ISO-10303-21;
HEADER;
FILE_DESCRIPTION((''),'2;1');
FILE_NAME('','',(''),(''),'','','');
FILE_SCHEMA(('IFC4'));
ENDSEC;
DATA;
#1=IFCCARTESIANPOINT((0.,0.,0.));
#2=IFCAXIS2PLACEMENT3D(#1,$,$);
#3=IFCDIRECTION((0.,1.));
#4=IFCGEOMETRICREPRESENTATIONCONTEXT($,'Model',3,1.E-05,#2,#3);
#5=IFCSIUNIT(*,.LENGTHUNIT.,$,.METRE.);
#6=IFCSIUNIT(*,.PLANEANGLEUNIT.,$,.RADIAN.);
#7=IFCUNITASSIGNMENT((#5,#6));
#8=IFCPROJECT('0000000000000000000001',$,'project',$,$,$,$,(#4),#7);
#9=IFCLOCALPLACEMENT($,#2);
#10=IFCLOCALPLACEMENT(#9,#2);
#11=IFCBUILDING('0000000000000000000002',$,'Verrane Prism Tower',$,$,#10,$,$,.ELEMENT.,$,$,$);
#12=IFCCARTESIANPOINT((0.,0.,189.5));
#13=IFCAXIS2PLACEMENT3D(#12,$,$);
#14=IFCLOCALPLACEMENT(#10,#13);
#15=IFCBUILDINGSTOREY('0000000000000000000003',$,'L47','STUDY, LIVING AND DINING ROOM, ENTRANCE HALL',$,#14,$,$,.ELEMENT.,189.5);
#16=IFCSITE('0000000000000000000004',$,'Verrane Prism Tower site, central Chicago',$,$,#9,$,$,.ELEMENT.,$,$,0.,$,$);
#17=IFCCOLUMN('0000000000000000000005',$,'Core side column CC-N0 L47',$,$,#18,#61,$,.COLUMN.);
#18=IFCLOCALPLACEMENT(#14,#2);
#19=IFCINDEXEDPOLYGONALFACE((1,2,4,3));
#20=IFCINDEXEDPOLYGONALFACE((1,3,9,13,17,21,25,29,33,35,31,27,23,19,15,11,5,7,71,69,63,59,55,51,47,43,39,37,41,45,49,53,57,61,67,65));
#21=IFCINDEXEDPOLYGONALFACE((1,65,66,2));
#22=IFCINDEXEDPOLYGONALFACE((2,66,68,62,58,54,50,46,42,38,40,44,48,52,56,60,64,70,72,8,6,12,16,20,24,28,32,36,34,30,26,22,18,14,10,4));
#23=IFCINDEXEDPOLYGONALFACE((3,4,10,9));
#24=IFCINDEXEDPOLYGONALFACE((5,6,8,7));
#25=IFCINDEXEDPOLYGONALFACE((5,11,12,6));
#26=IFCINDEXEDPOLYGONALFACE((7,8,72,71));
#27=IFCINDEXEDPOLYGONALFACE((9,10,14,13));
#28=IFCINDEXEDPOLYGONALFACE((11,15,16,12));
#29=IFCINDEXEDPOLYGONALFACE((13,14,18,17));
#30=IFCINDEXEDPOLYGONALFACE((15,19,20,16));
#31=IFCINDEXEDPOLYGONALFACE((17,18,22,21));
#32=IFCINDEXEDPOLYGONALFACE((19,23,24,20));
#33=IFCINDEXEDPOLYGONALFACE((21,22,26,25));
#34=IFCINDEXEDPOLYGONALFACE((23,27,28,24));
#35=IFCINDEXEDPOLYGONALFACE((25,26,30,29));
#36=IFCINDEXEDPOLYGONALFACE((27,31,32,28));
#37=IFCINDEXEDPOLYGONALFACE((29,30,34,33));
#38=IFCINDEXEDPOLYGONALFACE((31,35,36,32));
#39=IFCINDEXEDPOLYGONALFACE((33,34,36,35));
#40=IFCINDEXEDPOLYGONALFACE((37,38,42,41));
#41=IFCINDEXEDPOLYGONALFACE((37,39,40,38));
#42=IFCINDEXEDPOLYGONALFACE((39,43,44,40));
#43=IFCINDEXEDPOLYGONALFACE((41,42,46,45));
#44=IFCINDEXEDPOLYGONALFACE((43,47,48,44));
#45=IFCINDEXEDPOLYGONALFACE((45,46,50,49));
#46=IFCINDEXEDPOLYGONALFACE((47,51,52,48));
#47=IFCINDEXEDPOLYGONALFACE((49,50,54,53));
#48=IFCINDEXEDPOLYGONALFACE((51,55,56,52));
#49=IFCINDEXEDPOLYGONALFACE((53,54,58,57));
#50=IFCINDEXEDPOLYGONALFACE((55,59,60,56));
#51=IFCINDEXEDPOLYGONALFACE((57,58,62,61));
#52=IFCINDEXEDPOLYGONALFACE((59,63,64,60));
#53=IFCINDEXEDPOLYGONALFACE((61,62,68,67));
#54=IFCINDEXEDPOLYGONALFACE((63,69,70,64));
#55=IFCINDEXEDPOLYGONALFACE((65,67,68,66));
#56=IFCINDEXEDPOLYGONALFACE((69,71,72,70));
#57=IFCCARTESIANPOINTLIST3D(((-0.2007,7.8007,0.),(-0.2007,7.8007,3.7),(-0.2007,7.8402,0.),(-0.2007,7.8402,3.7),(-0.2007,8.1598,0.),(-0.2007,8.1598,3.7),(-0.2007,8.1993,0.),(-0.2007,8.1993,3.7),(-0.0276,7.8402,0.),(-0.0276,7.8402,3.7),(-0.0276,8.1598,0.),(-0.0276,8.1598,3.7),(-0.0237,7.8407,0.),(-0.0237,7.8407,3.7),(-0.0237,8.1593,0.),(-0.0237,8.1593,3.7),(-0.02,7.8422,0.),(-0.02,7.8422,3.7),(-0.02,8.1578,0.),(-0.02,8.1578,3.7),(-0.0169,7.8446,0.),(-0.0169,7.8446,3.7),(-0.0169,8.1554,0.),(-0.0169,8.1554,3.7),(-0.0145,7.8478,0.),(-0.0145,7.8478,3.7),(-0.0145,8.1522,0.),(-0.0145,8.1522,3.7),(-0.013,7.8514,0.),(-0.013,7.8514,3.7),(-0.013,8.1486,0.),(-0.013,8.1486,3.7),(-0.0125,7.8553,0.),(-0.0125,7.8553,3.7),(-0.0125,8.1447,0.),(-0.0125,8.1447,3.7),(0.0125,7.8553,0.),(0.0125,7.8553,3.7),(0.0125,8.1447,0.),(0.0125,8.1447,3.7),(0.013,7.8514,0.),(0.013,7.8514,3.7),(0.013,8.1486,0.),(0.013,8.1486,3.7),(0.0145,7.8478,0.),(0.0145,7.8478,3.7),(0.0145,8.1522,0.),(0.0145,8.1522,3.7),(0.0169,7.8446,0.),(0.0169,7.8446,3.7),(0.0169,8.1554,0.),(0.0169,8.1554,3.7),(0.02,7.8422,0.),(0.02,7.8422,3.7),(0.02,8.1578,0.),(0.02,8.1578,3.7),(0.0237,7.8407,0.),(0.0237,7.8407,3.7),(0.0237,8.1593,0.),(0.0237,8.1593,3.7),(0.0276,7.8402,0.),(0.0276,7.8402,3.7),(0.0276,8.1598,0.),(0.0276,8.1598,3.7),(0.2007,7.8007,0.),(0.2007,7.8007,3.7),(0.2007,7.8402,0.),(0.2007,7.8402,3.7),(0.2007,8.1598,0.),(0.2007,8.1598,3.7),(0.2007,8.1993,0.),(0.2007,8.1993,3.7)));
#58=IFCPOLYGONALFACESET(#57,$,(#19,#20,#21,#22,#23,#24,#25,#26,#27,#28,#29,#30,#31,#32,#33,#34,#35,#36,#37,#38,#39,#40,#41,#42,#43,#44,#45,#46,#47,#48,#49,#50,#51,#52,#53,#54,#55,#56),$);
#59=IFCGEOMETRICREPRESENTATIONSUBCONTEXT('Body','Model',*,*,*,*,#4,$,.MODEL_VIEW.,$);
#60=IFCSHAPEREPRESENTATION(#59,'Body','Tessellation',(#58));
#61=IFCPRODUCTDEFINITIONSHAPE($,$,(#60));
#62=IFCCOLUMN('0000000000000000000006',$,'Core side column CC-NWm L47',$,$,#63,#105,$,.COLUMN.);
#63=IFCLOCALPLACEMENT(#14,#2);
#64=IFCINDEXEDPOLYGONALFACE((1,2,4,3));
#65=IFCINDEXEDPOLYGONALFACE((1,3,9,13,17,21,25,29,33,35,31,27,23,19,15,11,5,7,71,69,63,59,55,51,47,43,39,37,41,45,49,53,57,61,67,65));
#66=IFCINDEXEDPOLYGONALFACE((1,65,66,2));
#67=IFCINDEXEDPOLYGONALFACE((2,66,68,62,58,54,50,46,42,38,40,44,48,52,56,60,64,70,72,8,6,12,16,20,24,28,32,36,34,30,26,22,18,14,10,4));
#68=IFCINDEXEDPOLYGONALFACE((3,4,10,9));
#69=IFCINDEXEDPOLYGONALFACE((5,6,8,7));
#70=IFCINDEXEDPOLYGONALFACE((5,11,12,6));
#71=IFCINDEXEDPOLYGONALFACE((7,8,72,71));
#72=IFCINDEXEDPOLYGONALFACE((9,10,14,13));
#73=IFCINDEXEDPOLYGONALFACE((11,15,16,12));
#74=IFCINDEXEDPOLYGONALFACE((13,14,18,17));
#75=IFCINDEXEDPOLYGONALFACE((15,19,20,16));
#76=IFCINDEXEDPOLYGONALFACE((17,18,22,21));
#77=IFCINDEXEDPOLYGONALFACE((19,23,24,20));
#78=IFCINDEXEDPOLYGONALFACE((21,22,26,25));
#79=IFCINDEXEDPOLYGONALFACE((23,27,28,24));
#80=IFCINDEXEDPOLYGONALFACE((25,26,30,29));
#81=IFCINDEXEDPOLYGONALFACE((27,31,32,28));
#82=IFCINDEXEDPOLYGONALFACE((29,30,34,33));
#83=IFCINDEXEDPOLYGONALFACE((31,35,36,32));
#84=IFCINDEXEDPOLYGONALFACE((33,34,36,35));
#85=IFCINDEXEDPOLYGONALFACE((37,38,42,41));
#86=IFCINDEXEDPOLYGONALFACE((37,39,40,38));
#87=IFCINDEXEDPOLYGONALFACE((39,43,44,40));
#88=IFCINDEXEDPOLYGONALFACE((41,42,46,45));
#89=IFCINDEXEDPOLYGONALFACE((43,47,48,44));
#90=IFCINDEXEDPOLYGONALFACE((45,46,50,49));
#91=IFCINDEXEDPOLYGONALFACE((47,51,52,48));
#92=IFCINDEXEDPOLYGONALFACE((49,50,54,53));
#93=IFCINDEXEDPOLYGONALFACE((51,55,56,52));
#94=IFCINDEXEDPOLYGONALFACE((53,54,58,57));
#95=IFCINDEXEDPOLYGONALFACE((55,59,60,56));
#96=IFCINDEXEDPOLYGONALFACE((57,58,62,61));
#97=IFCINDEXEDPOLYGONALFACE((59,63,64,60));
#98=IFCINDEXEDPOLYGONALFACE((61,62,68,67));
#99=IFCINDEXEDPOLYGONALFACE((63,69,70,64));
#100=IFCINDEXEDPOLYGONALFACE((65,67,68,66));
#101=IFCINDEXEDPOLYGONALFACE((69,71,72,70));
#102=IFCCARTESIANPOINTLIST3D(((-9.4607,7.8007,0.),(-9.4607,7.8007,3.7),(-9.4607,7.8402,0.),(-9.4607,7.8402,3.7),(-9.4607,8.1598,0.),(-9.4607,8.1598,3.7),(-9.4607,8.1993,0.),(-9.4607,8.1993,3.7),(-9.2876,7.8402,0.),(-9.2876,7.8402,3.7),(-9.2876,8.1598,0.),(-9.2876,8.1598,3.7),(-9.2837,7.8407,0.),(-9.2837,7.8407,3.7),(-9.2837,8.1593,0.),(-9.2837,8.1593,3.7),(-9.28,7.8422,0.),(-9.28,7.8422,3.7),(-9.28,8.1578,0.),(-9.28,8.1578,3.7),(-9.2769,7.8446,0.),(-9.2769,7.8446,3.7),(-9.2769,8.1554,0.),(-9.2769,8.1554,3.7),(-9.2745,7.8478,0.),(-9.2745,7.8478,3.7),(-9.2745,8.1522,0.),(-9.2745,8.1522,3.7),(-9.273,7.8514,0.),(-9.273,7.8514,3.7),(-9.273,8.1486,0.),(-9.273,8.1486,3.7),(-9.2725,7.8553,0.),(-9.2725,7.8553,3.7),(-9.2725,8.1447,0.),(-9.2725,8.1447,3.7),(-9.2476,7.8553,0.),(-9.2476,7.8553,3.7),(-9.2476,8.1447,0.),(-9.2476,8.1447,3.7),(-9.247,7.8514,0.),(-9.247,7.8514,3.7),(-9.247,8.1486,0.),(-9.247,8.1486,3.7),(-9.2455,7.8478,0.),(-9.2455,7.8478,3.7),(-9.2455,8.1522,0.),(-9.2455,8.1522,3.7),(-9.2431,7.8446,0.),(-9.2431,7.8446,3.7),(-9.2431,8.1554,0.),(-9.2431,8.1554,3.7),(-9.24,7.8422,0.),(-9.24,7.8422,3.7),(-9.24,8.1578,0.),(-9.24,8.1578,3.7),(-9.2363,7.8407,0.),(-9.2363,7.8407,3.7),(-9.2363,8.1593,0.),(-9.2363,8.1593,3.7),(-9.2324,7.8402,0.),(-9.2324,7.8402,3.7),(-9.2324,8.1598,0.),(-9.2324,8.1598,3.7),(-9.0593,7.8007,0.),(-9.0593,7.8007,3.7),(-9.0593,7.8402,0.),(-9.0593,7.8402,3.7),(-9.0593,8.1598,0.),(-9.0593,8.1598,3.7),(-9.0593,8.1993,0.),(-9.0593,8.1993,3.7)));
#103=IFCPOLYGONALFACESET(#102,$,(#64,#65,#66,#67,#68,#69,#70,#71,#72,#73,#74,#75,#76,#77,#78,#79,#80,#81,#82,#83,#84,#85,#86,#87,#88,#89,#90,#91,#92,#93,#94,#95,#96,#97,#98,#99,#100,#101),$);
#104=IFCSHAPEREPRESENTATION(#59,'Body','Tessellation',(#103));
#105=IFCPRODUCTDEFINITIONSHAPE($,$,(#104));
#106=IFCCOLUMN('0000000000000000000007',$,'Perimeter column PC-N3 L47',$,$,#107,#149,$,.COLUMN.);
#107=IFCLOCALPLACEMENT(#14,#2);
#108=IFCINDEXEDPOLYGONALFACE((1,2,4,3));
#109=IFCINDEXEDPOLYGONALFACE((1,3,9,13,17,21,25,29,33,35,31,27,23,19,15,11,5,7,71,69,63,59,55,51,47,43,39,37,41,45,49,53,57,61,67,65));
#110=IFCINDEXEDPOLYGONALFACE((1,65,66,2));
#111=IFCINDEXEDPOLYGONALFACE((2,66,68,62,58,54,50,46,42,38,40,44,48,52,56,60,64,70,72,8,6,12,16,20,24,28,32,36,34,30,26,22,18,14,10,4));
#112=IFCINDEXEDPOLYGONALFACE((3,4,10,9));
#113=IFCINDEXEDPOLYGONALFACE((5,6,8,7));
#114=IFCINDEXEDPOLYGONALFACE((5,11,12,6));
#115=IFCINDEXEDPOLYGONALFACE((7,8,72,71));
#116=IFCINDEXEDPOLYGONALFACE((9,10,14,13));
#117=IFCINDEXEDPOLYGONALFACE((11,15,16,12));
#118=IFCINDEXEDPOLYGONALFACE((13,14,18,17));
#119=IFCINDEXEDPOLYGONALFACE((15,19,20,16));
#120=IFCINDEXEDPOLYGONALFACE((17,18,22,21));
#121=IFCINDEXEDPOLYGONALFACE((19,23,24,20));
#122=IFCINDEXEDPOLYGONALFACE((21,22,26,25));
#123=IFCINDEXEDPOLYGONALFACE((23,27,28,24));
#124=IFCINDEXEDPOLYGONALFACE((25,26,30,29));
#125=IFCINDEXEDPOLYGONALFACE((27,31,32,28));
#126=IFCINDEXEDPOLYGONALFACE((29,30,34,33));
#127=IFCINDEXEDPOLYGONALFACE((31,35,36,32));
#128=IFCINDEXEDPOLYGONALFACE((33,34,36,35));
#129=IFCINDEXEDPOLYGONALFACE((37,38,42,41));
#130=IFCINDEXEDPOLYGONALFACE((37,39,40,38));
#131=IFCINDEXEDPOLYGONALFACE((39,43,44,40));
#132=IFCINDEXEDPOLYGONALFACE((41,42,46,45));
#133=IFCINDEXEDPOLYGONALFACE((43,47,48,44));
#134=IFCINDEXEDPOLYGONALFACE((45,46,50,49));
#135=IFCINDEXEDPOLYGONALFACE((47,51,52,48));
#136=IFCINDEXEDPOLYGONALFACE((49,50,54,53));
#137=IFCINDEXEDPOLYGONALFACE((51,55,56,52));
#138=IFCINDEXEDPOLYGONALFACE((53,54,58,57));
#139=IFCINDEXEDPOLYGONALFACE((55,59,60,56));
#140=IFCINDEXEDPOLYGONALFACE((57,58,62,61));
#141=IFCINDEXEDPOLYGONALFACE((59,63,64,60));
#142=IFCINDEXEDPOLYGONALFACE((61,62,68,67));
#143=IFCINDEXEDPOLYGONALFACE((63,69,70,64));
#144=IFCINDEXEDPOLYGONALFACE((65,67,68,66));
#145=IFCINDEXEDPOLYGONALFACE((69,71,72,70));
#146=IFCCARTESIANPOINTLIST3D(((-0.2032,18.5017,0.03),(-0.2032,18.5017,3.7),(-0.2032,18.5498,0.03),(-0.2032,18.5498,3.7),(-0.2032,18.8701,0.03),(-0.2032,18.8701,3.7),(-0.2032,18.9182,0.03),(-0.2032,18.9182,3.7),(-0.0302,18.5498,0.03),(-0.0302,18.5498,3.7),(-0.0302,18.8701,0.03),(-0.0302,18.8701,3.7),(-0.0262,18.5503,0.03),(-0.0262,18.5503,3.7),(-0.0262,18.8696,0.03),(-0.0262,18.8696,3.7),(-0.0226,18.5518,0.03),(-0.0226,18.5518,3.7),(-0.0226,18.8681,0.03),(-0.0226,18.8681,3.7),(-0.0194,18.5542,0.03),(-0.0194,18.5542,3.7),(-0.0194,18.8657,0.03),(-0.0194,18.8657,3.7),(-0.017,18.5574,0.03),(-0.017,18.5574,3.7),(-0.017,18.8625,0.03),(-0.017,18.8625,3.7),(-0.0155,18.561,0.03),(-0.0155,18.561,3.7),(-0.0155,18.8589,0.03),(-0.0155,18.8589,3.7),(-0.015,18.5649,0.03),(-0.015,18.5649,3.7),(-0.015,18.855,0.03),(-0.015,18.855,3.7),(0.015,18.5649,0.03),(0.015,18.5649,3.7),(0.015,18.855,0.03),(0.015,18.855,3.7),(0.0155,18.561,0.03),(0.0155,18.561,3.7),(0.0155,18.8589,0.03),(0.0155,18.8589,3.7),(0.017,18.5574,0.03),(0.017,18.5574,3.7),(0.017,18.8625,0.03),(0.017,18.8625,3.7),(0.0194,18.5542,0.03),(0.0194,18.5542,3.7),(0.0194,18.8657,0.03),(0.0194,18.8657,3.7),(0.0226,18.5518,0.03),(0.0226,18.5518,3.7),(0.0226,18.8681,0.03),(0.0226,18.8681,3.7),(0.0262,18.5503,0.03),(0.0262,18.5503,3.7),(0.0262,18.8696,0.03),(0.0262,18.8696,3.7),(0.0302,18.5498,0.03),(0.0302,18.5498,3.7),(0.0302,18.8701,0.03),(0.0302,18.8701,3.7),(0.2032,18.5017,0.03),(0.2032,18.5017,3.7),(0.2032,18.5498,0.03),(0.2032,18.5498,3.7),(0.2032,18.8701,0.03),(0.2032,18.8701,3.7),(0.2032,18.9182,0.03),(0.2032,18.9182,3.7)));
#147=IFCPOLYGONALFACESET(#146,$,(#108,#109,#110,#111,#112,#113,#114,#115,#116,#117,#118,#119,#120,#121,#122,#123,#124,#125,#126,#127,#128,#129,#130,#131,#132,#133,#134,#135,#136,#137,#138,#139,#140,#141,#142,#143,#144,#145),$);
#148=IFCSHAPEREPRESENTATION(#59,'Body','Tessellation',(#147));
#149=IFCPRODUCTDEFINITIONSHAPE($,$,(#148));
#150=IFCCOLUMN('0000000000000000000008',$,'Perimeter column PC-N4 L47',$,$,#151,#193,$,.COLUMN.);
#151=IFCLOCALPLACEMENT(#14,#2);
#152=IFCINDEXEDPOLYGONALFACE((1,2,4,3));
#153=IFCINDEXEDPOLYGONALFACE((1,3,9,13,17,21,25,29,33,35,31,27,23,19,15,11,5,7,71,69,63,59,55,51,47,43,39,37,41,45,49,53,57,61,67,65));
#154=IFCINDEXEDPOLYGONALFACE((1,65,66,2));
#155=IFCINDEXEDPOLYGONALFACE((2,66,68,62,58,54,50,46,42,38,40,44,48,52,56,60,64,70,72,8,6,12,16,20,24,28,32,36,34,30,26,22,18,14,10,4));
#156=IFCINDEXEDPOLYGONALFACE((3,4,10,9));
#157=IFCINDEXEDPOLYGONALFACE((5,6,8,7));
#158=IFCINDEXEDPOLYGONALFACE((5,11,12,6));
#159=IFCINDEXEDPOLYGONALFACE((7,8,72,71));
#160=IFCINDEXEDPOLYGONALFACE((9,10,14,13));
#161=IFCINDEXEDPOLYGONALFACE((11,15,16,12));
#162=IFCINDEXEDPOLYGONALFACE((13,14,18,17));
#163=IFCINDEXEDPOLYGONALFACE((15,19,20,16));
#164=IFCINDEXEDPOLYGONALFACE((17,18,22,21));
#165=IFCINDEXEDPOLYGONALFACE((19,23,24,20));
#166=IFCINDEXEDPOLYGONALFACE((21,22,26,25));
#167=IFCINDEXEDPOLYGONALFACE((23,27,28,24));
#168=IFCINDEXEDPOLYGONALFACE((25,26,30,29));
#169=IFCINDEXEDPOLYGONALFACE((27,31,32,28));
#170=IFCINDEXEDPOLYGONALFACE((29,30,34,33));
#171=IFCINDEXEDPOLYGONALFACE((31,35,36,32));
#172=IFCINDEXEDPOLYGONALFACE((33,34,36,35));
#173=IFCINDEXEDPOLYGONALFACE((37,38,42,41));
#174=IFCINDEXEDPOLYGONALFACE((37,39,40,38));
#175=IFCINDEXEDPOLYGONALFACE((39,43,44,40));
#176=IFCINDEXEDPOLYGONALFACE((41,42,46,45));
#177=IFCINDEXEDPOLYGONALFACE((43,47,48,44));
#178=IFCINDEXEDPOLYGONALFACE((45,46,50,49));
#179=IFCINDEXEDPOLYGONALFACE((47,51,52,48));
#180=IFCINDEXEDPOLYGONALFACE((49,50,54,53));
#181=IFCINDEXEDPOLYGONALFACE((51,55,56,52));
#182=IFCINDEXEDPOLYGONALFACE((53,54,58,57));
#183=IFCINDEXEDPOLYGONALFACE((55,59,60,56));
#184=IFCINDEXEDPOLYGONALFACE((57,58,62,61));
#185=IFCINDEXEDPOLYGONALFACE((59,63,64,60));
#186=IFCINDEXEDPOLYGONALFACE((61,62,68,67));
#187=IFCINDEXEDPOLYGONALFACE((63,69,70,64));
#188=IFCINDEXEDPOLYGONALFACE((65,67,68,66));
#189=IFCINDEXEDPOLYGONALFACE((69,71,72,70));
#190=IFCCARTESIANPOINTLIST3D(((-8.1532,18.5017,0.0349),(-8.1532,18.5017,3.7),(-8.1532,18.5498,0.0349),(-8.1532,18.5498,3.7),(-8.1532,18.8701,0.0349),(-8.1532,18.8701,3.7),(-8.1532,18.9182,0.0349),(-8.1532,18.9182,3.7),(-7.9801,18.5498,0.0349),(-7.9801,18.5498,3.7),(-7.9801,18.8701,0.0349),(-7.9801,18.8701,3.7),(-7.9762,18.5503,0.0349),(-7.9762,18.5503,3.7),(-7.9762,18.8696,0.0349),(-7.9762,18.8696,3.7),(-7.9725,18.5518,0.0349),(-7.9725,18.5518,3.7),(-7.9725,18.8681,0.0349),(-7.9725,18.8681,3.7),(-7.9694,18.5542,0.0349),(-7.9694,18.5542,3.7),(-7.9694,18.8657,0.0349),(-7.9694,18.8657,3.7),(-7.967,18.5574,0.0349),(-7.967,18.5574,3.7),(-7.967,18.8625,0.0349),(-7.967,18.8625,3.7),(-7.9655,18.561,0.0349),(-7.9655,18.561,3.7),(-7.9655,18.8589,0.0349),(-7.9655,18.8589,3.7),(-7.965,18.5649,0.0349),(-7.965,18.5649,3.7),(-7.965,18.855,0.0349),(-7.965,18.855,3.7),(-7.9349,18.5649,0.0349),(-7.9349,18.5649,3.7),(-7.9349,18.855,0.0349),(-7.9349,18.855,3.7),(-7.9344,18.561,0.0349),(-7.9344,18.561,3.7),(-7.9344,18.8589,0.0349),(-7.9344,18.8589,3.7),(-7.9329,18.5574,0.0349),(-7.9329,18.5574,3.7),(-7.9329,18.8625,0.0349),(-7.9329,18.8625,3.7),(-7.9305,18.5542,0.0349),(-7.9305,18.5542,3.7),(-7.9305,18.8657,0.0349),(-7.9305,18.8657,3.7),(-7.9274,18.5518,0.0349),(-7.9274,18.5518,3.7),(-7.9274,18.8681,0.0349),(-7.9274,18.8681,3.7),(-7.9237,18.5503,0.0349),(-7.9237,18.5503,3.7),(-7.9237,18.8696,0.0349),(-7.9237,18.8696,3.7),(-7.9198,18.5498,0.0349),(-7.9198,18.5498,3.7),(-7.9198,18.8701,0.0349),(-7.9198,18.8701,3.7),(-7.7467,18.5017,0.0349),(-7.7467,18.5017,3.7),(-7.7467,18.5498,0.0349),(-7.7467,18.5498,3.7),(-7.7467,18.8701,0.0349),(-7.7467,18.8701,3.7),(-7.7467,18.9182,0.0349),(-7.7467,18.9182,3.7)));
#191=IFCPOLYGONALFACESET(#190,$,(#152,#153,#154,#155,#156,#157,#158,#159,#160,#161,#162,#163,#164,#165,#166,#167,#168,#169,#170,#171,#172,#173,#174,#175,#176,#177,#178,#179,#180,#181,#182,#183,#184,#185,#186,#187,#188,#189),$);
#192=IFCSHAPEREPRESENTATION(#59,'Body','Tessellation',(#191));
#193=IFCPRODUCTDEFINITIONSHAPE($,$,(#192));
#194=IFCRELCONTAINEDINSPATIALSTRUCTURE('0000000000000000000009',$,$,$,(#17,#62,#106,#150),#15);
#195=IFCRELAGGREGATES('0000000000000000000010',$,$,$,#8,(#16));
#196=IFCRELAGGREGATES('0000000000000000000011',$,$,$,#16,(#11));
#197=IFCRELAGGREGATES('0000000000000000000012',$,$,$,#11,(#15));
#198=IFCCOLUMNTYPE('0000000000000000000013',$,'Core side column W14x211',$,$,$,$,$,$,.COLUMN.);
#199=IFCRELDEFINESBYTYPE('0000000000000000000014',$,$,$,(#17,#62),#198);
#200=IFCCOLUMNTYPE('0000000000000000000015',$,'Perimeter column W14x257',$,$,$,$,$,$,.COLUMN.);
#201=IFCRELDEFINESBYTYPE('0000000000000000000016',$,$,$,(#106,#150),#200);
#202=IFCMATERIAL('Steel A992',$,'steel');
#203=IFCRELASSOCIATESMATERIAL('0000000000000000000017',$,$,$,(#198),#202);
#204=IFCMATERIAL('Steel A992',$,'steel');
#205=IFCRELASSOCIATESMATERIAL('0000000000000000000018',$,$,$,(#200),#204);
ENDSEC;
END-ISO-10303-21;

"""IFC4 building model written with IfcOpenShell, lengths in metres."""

from ifc_helpers import new_model, si_unit, direction, frame, origin, origin_2d, place, context, subcontext, project, spatial, i_section, extrude, material, material_profile, profile_set, type_object, element, save


model = new_model("IFC4")

# Units and contexts
model_context = context("Model", 3, precision=1e-05, world=origin(), true_north=direction((0.0, 1.0)))
body_context = subcontext(model_context, "Body", "Model", "MODEL_VIEW")
ifc_project = project(units=[si_unit("LENGTHUNIT", "METRE"), si_unit("PLANEANGLEUNIT", "RADIAN")], contexts=[model_context])

# Site, building, storey
site_placement = place(None, origin())
site = spatial("IfcSite", under=ifc_project, at=site_placement, Name="Verrane Prism Tower site, central Chicago", CompositionType="ELEMENT", RefElevation=0.0)
building_placement = place(site_placement, origin())
building = spatial("IfcBuilding", under=site, at=building_placement, Name="Verrane Prism Tower", CompositionType="ELEMENT")
storey_placement = place(building_placement, frame((0.0, 0.0, 189.5)))
storey = spatial("IfcBuildingStorey", under=building, at=storey_placement, Name="L47", Description="STUDY, LIVING AND DINING ROOM, ENTRANCE HALL", CompositionType="ELEMENT", Elevation=189.5)

# Columns
ifc_material_1 = material(Name="Steel A992", Category="steel")
ifc_material_profile_1 = material_profile(ifc_material_1, i_section(OverallWidth=0.4014, OverallDepth=0.3987, WebThickness=0.0249, FlangeThickness=0.0396, FilletRadius=0.0151, at=origin_2d()), Name="W14x211")
ifc_profile_set_1 = profile_set([ifc_material_profile_1], Name="Steel A992")
column_type_1 = type_object("IfcColumnType", Name="Core side column W14x211", PredefinedType="COLUMN", material=ifc_profile_set_1)
for number, where, z_axis, x_axis, name in (
    (1, (0.0, 8.0, 0.0), (0.0, 0.0, 1.0), (1.0, 0.0, 0.0), "Core side column CC-N0 L47"),
    (2, (-9.26, 8.0, 0.0), (0.0, 0.0, 1.0), (1.0, 0.0, 0.0), "Core side column CC-NWm L47"),
):
    element("IfcColumn", number, at=place(storey_placement, frame(where, z_axis=z_axis, x_axis=x_axis)), inside=storey, type_object=column_type_1, Name=name, PredefinedType="COLUMN", context=body_context, shape_type="SweptSolid", body=[
        extrude(i_section(OverallWidth=0.4014, OverallDepth=0.3987, WebThickness=0.0249, FlangeThickness=0.0396, FilletRadius=0.0151, at=origin_2d()), origin(), (0.0, 0.0, 1.0), 3.7),
    ])
ifc_material_2 = material(Name="Steel A992", Category="steel")
ifc_material_profile_2 = material_profile(ifc_material_2, i_section(OverallWidth=0.4065, OverallDepth=0.4165, WebThickness=0.03, FlangeThickness=0.0481, FilletRadius=0.0151, at=origin_2d()), Name="W14x257")
ifc_profile_set_2 = profile_set([ifc_material_profile_2], Name="Steel A992")
column_type_2 = type_object("IfcColumnType", Name="Perimeter column W14x257", PredefinedType="COLUMN", material=ifc_profile_set_2)
column_1_placement = place(storey_placement, frame((0.0, 18.71, 0.03), z_axis=(0.0, 0.0, 1.0), x_axis=(1.0, 0.0, 0.0)))
element("IfcColumn", 3, at=column_1_placement, inside=storey, type_object=column_type_2, Name="Perimeter column PC-N3 L47", PredefinedType="COLUMN", context=body_context, shape_type="SweptSolid", body=[
    extrude(i_section(OverallWidth=0.4065, OverallDepth=0.4165, WebThickness=0.03, FlangeThickness=0.0481, FilletRadius=0.0151, at=origin_2d()), origin(), (0.0, 0.0, 1.0), 3.6699),
])
column_2_placement = place(storey_placement, frame((-7.95, 18.71, 0.0349), z_axis=(0.0, 0.0, 1.0), x_axis=(1.0, 0.0, 0.0)))
element("IfcColumn", 4, at=column_2_placement, inside=storey, type_object=column_type_2, Name="Perimeter column PC-N4 L47", PredefinedType="COLUMN", context=body_context, shape_type="SweptSolid", body=[
    extrude(i_section(OverallWidth=0.4065, OverallDepth=0.4165, WebThickness=0.03, FlangeThickness=0.0481, FilletRadius=0.0151, at=origin_2d()), origin(), (0.0, 0.0, 1.0), 3.665),
])

save(model, "model.ifc")
